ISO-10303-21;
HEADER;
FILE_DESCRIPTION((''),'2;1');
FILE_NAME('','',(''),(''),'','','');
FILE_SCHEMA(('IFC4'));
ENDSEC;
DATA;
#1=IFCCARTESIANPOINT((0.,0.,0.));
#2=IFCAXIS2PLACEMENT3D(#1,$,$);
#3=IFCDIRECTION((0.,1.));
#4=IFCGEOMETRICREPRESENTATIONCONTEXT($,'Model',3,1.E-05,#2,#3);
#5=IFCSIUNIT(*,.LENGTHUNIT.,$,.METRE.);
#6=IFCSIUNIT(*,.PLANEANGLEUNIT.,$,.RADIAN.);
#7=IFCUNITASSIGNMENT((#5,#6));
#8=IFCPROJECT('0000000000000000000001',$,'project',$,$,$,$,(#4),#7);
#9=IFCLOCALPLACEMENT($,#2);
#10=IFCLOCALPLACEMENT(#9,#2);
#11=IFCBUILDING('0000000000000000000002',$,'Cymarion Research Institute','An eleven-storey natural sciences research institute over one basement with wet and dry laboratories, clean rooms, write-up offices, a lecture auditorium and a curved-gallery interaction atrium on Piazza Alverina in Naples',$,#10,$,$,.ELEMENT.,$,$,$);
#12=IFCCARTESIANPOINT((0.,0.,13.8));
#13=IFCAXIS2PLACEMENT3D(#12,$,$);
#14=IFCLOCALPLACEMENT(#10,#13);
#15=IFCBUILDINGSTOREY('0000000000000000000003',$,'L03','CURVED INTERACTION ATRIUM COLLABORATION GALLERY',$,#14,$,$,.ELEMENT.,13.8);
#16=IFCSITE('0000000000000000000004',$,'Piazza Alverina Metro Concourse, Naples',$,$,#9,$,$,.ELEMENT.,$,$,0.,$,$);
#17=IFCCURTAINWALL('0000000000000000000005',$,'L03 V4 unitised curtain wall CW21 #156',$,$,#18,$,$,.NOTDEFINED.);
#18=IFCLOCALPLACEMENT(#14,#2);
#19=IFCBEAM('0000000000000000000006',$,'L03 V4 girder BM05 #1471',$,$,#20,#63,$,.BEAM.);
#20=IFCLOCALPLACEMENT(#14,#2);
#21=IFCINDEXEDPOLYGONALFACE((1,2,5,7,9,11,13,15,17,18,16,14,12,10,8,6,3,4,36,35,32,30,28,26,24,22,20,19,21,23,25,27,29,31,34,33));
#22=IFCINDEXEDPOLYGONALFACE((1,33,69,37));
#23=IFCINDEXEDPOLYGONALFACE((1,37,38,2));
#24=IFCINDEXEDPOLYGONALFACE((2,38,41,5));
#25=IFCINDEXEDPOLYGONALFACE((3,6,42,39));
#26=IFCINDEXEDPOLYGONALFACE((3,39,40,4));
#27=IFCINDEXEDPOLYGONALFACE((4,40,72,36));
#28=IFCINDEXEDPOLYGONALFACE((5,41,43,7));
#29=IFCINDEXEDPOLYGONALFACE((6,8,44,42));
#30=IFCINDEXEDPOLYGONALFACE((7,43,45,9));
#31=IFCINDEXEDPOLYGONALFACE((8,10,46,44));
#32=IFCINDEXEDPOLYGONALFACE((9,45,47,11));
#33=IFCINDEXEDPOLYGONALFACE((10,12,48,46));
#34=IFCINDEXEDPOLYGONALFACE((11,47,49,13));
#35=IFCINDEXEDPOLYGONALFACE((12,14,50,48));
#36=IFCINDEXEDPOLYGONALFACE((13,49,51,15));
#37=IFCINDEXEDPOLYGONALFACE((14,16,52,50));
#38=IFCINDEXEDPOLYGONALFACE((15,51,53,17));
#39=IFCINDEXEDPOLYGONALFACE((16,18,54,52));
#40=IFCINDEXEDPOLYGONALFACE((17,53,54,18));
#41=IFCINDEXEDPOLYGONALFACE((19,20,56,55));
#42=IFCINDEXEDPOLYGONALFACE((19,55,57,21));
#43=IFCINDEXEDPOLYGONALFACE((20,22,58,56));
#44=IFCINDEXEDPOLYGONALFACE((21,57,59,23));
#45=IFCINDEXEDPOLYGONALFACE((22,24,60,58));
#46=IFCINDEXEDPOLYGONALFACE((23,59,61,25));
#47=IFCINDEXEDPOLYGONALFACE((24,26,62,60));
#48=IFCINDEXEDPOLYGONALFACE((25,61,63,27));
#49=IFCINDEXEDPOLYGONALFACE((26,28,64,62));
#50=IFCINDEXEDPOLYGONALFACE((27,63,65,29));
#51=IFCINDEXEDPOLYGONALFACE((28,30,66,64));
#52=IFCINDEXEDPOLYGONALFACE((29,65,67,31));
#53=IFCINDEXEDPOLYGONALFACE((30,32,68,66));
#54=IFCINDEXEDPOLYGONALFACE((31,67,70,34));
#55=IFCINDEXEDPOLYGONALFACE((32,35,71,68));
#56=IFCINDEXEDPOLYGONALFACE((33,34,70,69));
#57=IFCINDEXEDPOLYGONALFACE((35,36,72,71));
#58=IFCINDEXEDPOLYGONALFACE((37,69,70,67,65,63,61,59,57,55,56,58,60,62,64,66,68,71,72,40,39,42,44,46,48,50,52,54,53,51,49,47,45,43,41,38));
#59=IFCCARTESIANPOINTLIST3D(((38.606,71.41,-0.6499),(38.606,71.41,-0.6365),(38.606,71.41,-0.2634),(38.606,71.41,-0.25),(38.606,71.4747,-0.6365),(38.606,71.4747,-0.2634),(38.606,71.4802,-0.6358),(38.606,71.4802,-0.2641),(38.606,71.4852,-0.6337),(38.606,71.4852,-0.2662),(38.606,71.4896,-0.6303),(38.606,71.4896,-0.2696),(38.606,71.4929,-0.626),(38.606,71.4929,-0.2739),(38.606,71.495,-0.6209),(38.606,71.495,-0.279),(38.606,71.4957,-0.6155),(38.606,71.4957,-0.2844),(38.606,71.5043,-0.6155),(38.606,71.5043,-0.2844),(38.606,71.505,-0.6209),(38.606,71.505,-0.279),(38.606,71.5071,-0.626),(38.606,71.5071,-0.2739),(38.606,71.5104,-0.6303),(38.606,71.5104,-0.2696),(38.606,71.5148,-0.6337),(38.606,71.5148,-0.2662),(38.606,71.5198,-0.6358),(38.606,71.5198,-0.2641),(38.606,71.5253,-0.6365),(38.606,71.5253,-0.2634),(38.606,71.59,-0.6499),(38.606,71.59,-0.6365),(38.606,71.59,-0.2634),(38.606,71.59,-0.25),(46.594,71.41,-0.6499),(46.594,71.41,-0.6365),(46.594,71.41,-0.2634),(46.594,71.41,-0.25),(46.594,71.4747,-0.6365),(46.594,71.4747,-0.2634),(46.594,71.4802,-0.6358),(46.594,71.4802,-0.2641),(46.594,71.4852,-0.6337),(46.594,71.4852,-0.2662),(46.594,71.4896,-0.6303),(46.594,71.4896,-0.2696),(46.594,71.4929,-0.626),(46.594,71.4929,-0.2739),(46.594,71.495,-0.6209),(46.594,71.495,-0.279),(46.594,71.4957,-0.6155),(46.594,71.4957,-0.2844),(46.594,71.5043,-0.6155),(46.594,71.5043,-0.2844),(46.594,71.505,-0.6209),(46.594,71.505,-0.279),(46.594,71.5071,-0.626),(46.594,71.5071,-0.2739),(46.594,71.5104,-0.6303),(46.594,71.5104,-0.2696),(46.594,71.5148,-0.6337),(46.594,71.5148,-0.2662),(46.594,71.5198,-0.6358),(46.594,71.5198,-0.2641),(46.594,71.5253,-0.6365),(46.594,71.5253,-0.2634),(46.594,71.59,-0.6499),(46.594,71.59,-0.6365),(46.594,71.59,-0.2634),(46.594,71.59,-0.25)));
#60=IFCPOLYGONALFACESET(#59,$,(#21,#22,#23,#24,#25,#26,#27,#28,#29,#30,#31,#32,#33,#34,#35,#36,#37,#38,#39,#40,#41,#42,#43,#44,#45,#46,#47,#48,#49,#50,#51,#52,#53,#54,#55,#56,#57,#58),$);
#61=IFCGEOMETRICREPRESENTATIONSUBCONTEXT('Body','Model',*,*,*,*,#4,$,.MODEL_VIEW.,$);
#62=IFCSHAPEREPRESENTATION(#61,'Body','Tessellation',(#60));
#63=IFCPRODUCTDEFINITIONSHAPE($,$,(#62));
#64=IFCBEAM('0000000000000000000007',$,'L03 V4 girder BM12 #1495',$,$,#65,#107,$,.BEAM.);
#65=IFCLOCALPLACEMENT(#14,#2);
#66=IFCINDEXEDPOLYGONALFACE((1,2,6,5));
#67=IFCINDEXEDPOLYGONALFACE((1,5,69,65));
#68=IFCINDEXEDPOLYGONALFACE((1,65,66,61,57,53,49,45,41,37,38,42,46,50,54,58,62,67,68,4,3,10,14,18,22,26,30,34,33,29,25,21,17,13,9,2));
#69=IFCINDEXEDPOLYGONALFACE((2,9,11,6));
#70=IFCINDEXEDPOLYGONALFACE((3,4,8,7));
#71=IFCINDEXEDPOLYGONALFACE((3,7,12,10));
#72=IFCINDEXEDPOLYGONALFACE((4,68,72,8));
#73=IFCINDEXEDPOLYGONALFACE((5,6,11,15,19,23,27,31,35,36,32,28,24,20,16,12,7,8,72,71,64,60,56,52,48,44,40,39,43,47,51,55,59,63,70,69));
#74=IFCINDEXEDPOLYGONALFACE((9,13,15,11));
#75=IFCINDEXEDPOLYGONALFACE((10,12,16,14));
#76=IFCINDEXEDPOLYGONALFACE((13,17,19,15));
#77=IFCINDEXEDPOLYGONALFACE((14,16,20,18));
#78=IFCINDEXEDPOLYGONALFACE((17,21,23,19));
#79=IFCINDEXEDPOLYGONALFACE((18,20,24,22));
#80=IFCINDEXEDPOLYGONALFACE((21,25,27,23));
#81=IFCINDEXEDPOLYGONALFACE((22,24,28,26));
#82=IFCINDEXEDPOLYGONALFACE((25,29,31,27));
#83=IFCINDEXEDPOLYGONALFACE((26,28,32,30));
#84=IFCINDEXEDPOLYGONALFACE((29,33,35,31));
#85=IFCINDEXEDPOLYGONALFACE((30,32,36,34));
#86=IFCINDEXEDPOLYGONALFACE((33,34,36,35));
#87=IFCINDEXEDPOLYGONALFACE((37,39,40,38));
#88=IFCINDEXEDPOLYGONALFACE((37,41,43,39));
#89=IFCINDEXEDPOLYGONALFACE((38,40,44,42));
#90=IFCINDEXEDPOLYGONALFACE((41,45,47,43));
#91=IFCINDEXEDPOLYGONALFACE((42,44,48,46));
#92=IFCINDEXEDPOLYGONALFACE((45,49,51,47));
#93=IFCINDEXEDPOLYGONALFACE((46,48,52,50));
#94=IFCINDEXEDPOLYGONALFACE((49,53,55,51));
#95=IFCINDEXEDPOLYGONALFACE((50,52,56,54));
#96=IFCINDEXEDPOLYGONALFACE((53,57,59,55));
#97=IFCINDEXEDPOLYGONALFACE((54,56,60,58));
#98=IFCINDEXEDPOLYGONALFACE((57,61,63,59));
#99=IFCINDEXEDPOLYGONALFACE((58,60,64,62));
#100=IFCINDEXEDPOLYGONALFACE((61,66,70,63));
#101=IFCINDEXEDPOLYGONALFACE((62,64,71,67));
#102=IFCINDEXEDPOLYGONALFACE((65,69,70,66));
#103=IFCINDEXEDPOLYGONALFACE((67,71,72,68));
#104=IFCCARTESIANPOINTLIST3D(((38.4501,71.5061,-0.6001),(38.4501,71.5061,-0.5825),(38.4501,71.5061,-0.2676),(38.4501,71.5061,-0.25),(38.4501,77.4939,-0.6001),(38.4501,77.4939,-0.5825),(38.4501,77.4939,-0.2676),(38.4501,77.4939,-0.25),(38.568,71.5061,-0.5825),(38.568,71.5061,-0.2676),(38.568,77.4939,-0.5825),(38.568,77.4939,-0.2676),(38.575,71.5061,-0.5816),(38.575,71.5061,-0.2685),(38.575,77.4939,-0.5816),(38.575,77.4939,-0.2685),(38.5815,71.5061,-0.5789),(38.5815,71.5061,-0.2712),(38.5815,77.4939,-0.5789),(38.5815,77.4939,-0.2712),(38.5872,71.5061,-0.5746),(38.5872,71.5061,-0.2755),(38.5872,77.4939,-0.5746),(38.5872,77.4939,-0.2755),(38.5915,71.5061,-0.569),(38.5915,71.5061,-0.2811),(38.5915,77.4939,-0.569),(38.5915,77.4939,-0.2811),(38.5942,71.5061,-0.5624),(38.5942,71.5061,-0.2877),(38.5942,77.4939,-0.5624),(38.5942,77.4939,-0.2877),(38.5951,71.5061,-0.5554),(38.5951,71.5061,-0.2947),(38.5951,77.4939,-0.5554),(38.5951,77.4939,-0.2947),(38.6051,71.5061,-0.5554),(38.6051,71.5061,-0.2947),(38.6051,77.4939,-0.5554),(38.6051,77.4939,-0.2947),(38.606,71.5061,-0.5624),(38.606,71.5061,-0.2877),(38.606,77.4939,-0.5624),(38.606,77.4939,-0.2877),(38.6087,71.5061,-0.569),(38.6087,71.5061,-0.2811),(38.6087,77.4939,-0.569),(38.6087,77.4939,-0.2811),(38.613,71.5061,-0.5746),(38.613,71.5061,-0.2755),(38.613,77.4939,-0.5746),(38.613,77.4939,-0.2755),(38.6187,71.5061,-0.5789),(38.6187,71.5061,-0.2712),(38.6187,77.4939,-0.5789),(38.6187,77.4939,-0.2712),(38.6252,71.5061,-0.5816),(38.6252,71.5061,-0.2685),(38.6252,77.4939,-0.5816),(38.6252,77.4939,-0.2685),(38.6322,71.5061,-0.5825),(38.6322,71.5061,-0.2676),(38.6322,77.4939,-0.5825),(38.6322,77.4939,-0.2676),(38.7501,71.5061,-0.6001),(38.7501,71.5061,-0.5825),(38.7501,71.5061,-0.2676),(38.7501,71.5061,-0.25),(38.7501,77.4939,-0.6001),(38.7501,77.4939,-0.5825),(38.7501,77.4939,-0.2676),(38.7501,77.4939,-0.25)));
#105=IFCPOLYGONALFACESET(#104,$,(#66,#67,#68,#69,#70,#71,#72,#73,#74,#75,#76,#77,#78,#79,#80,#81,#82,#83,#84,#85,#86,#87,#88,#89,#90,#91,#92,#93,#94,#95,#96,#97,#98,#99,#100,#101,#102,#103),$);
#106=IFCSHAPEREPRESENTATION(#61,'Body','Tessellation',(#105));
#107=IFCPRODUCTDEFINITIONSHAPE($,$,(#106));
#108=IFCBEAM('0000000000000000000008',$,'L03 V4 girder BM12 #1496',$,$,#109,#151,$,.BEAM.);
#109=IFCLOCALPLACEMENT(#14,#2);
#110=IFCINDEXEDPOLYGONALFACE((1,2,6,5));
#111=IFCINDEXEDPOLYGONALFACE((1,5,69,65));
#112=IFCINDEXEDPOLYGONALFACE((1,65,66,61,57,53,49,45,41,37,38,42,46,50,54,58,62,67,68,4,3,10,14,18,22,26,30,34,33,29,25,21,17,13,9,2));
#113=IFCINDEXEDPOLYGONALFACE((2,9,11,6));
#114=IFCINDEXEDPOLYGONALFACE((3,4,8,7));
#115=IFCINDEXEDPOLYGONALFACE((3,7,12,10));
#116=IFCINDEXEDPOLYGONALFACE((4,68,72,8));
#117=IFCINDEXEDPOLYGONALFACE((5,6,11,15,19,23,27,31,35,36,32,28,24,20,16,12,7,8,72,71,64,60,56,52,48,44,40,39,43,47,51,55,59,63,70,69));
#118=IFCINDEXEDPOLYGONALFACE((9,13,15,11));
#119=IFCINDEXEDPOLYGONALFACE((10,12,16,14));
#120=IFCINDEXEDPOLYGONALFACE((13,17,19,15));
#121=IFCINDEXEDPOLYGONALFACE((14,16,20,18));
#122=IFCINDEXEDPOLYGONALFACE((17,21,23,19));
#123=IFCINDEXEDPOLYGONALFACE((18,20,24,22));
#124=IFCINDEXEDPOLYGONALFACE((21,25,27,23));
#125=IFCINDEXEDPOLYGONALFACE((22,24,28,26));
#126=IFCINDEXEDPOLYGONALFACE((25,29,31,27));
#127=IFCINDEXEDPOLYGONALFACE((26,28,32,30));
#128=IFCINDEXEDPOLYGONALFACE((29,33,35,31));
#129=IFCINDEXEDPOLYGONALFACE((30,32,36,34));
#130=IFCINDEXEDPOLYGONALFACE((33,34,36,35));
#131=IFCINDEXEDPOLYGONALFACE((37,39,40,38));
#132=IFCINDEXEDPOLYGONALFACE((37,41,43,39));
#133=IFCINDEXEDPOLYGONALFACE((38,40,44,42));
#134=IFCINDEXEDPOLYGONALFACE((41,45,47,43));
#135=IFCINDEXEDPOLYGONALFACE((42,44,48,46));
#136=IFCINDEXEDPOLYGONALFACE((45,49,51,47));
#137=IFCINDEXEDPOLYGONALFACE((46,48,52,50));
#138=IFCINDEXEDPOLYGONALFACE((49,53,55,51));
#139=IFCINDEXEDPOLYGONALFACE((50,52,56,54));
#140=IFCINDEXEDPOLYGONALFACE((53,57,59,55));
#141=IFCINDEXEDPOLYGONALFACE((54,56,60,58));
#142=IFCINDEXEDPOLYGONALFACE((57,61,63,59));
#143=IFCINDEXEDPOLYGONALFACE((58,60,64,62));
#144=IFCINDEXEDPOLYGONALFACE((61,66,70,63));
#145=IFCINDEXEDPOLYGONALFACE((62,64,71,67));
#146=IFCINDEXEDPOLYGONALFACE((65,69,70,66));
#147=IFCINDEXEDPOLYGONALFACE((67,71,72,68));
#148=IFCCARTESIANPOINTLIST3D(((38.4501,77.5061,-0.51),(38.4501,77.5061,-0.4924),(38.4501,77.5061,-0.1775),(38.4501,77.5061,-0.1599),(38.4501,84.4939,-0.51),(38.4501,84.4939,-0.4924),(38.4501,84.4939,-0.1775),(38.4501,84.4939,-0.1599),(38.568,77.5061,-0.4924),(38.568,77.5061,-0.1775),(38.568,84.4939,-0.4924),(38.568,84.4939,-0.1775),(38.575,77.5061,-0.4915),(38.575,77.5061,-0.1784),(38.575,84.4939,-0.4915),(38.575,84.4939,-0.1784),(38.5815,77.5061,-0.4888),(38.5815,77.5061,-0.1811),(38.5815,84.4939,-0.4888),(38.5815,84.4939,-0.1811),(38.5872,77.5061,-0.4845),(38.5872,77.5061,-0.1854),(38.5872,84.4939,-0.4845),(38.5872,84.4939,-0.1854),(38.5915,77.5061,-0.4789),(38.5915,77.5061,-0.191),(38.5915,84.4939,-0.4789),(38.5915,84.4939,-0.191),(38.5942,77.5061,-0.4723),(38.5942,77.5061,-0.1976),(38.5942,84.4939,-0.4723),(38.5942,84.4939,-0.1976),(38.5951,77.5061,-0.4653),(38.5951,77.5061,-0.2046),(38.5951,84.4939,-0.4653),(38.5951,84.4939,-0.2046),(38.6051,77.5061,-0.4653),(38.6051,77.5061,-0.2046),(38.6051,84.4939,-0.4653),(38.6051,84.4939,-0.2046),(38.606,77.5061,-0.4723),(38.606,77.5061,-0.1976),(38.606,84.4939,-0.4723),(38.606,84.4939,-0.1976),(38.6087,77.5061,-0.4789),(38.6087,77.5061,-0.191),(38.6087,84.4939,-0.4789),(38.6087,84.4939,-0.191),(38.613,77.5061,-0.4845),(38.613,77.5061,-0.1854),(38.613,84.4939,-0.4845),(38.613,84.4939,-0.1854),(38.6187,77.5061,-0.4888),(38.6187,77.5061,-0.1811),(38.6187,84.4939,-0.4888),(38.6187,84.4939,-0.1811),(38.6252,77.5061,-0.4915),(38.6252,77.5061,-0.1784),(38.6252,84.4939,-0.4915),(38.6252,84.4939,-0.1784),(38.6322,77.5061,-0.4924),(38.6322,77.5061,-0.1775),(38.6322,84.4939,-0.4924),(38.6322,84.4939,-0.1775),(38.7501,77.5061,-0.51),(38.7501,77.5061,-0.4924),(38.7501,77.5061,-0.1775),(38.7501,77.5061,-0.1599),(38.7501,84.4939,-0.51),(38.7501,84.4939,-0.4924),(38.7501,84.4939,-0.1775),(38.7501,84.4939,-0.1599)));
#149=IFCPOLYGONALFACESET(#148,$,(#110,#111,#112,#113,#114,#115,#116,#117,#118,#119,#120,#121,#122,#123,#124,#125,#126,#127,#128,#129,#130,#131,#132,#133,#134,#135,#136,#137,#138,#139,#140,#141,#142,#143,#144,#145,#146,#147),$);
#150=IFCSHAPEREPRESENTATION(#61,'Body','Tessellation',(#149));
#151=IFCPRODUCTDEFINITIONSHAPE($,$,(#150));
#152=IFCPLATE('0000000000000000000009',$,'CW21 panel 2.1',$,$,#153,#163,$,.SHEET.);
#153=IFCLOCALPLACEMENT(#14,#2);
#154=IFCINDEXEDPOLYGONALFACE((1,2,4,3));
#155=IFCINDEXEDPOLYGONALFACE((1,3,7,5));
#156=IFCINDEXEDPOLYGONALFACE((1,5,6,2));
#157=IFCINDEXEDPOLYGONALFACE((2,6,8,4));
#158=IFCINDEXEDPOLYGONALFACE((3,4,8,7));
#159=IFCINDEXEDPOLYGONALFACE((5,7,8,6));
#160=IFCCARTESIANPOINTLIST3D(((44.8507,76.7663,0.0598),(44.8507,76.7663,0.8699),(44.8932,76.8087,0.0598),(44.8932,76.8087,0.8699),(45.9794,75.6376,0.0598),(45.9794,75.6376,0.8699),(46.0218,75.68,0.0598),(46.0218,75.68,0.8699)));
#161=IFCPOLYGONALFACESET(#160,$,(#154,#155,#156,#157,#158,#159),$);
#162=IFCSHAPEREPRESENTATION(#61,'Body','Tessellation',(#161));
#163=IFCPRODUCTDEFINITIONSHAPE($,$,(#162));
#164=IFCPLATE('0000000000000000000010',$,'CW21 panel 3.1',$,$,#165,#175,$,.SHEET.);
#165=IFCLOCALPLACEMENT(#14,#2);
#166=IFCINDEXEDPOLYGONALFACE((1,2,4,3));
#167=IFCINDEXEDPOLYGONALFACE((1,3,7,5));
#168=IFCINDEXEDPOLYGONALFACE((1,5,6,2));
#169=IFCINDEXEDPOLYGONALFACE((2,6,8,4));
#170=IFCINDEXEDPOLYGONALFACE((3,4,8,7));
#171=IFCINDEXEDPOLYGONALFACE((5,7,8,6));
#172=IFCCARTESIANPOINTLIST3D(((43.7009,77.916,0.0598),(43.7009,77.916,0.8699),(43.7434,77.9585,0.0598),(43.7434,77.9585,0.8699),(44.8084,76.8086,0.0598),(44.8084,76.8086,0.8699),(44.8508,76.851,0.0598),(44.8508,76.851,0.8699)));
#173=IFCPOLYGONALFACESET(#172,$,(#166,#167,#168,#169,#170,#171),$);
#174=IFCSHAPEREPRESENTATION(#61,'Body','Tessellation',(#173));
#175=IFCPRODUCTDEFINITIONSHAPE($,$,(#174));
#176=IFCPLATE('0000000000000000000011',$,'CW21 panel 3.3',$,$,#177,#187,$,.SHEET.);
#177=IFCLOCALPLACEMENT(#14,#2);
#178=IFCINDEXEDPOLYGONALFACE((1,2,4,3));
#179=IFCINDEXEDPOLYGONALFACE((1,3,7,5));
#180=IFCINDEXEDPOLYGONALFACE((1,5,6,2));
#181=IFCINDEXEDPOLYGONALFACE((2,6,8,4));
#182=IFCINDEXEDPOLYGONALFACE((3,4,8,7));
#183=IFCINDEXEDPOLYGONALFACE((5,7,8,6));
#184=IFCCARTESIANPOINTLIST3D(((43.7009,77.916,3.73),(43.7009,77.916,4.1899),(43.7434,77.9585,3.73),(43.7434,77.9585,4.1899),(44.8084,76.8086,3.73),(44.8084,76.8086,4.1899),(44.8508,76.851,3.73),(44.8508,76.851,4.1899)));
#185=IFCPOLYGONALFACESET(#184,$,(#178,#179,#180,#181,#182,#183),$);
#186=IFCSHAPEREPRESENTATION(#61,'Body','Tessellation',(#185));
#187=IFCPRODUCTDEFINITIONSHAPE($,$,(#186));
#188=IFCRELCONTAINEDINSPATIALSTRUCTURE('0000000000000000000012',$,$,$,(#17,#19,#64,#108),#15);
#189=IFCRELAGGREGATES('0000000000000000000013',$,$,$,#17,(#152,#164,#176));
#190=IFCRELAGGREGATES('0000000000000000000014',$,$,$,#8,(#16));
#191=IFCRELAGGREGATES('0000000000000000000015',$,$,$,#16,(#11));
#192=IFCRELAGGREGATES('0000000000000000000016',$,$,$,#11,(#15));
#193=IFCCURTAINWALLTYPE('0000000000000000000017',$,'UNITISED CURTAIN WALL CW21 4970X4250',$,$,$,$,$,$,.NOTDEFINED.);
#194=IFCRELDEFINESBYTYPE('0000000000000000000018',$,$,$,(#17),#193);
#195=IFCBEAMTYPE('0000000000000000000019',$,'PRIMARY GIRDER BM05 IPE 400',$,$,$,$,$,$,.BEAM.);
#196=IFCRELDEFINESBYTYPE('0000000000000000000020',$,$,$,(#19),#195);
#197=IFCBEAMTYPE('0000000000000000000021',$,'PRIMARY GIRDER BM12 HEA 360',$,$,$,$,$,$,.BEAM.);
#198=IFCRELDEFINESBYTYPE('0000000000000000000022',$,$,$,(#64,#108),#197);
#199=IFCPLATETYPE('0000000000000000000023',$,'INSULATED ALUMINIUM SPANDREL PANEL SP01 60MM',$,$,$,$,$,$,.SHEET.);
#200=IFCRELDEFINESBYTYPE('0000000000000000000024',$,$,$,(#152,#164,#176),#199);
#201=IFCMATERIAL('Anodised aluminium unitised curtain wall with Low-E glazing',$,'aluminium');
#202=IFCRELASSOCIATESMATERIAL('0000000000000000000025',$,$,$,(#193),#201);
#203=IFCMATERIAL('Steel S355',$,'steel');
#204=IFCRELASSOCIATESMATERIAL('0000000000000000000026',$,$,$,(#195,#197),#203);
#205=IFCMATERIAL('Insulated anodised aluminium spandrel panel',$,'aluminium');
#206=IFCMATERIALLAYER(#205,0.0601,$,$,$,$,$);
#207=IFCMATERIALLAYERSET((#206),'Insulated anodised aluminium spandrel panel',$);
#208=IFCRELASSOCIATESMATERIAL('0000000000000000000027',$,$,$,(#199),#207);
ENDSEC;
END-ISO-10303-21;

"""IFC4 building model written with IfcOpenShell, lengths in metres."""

from ifc_helpers import new_model, si_unit, direction, frame, origin, origin_2d, place, context, subcontext, project, spatial, rectangle, i_section, extrude, material, layer, layer_set, material_profile, profile_set, type_object, element, aggregate, save


model = new_model("IFC4")

# Units and contexts
model_context = context("Model", 3, precision=1e-05, world=origin(), true_north=direction((0.0, 1.0)))
body_context = subcontext(model_context, "Body", "Model", "MODEL_VIEW")
ifc_project = project(units=[si_unit("LENGTHUNIT", "METRE"), si_unit("PLANEANGLEUNIT", "RADIAN")], contexts=[model_context])

# Site, building, storey
site_placement = place(None, origin())
site = spatial("IfcSite", under=ifc_project, at=site_placement, Name="Piazza Alverina Metro Concourse, Naples", CompositionType="ELEMENT", RefElevation=0.0)
building_placement = place(site_placement, origin())
building = spatial("IfcBuilding", under=site, at=building_placement, Name="Cymarion Research Institute", Description="An eleven-storey natural sciences research institute over one basement with wet and dry laboratories, clean rooms, write-up offices, a lecture auditorium and a curved-gallery interaction atrium on Piazza Alverina in Naples", CompositionType="ELEMENT")
storey_placement = place(building_placement, frame((0.0, 0.0, 13.8)))
storey = spatial("IfcBuildingStorey", under=building, at=storey_placement, Name="L03", Description="CURVED INTERACTION ATRIUM COLLABORATION GALLERY", CompositionType="ELEMENT", Elevation=13.8)

# Shared definitions
ifc_material_1 = material(Name="Steel S355", Category="steel")

# Curtain wall
ifc_material_2 = material(Name="Anodised aluminium unitised curtain wall with Low-E glazing", Category="aluminium")
curtain_wall_type = type_object("IfcCurtainWallType", Name="UNITISED CURTAIN WALL CW21 4970X4250", PredefinedType="NOTDEFINED", material=ifc_material_2)
curtain_wall_placement = place(storey_placement, origin())
curtain_wall = element("IfcCurtainWall", 1, at=curtain_wall_placement, inside=storey, type_object=curtain_wall_type, Name="L03 V4 unitised curtain wall CW21 #156", PredefinedType="NOTDEFINED")

# Beams
ifc_material_profile_1 = material_profile(ifc_material_1, i_section(OverallWidth=0.1799, OverallDepth=0.3999, WebThickness=0.0085, FlangeThickness=0.0134, FilletRadius=0.021, at=origin_2d()), Name="IPE 400")
ifc_profile_set_1 = profile_set([ifc_material_profile_1], Name="Steel S355")
beam_type_1 = type_object("IfcBeamType", Name="PRIMARY GIRDER BM05 IPE 400", PredefinedType="BEAM", material=ifc_profile_set_1)
beam_1_placement = place(storey_placement, frame((38.606, 71.5, -0.45), z_axis=(1.0, 0.0, 0.0), x_axis=(0.0, 1.0, 0.0)))
element("IfcBeam", 2, at=beam_1_placement, inside=storey, type_object=beam_type_1, Name="L03 V4 girder BM05 #1471", PredefinedType="BEAM", context=body_context, shape_type="SweptSolid", body=[
    extrude(i_section(OverallWidth=0.1799, OverallDepth=0.3999, WebThickness=0.0085, FlangeThickness=0.0134, FilletRadius=0.021, at=origin_2d()), origin(), (0.0, 0.0, 1.0), 7.988),
])
ifc_material_profile_2 = material_profile(ifc_material_1, i_section(OverallWidth=0.3, OverallDepth=0.3501, WebThickness=0.01, FlangeThickness=0.0176, FilletRadius=0.0271, at=origin_2d()), Name="HEA 360")
ifc_profile_set_2 = profile_set([ifc_material_profile_2], Name="Steel S355")
beam_type_2 = type_object("IfcBeamType", Name="PRIMARY GIRDER BM12 HEA 360", PredefinedType="BEAM", material=ifc_profile_set_2)
beam_2_placement = place(storey_placement, frame((38.6001, 71.5061, -0.425), z_axis=(0.0, 1.0, 0.0), x_axis=(-1.0, 0.0, 0.0)))
element("IfcBeam", 3, at=beam_2_placement, inside=storey, type_object=beam_type_2, Name="L03 V4 girder BM12 #1495", PredefinedType="BEAM", context=body_context, shape_type="SweptSolid", body=[
    extrude(i_section(OverallWidth=0.3, OverallDepth=0.3501, WebThickness=0.01, FlangeThickness=0.0176, FilletRadius=0.0271, at=origin_2d()), origin(), (0.0, 0.0, 1.0), 5.9878),
])
beam_3_placement = place(storey_placement, frame((38.6001, 77.5061, -0.335), z_axis=(0.0, 1.0, 0.0), x_axis=(-1.0, 0.0, 0.0)))
element("IfcBeam", 4, at=beam_3_placement, inside=storey, type_object=beam_type_2, Name="L03 V4 girder BM12 #1496", PredefinedType="BEAM", context=body_context, shape_type="SweptSolid", body=[
    extrude(i_section(OverallWidth=0.3, OverallDepth=0.3501, WebThickness=0.01, FlangeThickness=0.0176, FilletRadius=0.0271, at=origin_2d()), origin(), (0.0, 0.0, 1.0), 6.9878),
])

# Plates
ifc_material_3 = material(Name="Insulated anodised aluminium spandrel panel", Category="aluminium")
ifc_layer_1 = layer(ifc_material_3, 0.0601)
ifc_layer_set_1 = layer_set([ifc_layer_1], Name="Insulated anodised aluminium spandrel panel")
plate_type_1 = type_object("IfcPlateType", Name="INSULATED ALUMINIUM SPANDREL PANEL SP01 60MM", PredefinedType="SHEET", material=ifc_layer_set_1)
plate_1_placement = place(storey_placement, frame((45.4363, 76.2231, 0.0598), z_axis=(0.0, 0.0, 1.0), x_axis=(-0.707097, 0.707117, 0.0)))
plate_1 = element("IfcPlate", 5, at=plate_1_placement, type_object=plate_type_1, Name="CW21 panel 2.1", PredefinedType="SHEET", context=body_context, shape_type="SweptSolid", body=[
    extrude(rectangle(XDim=1.5962, YDim=0.0601, at=origin_2d()), origin(), (0.0, 0.0, 1.0), 0.8101),
])
plate_2_placement = place(storey_placement, frame((44.2759, 77.3835, 0.0598), z_axis=(0.0, 0.0, 1.0), x_axis=(-0.707097, 0.707117, 0.0)))
plate_2 = element("IfcPlate", 6, at=plate_2_placement, type_object=plate_type_1, Name="CW21 panel 3.1", PredefinedType="SHEET", context=body_context, shape_type="SweptSolid", body=[
    extrude(rectangle(XDim=1.5662, YDim=0.0601, at=origin_2d()), origin(), (0.0, 0.0, 1.0), 0.8101),
])
plate_3_placement = place(storey_placement, frame((44.2759, 77.3835, 3.73), z_axis=(0.0, 0.0, 1.0), x_axis=(-0.707097, 0.707117, 0.0)))
plate_3 = element("IfcPlate", 7, at=plate_3_placement, type_object=plate_type_1, Name="CW21 panel 3.3", PredefinedType="SHEET", context=body_context, shape_type="SweptSolid", body=[
    extrude(rectangle(XDim=1.5662, YDim=0.0601, at=origin_2d()), origin(), (0.0, 0.0, 1.0), 0.46),
])
aggregate(curtain_wall, [plate_1, plate_2, plate_3])

save(model, "model.ifc")
